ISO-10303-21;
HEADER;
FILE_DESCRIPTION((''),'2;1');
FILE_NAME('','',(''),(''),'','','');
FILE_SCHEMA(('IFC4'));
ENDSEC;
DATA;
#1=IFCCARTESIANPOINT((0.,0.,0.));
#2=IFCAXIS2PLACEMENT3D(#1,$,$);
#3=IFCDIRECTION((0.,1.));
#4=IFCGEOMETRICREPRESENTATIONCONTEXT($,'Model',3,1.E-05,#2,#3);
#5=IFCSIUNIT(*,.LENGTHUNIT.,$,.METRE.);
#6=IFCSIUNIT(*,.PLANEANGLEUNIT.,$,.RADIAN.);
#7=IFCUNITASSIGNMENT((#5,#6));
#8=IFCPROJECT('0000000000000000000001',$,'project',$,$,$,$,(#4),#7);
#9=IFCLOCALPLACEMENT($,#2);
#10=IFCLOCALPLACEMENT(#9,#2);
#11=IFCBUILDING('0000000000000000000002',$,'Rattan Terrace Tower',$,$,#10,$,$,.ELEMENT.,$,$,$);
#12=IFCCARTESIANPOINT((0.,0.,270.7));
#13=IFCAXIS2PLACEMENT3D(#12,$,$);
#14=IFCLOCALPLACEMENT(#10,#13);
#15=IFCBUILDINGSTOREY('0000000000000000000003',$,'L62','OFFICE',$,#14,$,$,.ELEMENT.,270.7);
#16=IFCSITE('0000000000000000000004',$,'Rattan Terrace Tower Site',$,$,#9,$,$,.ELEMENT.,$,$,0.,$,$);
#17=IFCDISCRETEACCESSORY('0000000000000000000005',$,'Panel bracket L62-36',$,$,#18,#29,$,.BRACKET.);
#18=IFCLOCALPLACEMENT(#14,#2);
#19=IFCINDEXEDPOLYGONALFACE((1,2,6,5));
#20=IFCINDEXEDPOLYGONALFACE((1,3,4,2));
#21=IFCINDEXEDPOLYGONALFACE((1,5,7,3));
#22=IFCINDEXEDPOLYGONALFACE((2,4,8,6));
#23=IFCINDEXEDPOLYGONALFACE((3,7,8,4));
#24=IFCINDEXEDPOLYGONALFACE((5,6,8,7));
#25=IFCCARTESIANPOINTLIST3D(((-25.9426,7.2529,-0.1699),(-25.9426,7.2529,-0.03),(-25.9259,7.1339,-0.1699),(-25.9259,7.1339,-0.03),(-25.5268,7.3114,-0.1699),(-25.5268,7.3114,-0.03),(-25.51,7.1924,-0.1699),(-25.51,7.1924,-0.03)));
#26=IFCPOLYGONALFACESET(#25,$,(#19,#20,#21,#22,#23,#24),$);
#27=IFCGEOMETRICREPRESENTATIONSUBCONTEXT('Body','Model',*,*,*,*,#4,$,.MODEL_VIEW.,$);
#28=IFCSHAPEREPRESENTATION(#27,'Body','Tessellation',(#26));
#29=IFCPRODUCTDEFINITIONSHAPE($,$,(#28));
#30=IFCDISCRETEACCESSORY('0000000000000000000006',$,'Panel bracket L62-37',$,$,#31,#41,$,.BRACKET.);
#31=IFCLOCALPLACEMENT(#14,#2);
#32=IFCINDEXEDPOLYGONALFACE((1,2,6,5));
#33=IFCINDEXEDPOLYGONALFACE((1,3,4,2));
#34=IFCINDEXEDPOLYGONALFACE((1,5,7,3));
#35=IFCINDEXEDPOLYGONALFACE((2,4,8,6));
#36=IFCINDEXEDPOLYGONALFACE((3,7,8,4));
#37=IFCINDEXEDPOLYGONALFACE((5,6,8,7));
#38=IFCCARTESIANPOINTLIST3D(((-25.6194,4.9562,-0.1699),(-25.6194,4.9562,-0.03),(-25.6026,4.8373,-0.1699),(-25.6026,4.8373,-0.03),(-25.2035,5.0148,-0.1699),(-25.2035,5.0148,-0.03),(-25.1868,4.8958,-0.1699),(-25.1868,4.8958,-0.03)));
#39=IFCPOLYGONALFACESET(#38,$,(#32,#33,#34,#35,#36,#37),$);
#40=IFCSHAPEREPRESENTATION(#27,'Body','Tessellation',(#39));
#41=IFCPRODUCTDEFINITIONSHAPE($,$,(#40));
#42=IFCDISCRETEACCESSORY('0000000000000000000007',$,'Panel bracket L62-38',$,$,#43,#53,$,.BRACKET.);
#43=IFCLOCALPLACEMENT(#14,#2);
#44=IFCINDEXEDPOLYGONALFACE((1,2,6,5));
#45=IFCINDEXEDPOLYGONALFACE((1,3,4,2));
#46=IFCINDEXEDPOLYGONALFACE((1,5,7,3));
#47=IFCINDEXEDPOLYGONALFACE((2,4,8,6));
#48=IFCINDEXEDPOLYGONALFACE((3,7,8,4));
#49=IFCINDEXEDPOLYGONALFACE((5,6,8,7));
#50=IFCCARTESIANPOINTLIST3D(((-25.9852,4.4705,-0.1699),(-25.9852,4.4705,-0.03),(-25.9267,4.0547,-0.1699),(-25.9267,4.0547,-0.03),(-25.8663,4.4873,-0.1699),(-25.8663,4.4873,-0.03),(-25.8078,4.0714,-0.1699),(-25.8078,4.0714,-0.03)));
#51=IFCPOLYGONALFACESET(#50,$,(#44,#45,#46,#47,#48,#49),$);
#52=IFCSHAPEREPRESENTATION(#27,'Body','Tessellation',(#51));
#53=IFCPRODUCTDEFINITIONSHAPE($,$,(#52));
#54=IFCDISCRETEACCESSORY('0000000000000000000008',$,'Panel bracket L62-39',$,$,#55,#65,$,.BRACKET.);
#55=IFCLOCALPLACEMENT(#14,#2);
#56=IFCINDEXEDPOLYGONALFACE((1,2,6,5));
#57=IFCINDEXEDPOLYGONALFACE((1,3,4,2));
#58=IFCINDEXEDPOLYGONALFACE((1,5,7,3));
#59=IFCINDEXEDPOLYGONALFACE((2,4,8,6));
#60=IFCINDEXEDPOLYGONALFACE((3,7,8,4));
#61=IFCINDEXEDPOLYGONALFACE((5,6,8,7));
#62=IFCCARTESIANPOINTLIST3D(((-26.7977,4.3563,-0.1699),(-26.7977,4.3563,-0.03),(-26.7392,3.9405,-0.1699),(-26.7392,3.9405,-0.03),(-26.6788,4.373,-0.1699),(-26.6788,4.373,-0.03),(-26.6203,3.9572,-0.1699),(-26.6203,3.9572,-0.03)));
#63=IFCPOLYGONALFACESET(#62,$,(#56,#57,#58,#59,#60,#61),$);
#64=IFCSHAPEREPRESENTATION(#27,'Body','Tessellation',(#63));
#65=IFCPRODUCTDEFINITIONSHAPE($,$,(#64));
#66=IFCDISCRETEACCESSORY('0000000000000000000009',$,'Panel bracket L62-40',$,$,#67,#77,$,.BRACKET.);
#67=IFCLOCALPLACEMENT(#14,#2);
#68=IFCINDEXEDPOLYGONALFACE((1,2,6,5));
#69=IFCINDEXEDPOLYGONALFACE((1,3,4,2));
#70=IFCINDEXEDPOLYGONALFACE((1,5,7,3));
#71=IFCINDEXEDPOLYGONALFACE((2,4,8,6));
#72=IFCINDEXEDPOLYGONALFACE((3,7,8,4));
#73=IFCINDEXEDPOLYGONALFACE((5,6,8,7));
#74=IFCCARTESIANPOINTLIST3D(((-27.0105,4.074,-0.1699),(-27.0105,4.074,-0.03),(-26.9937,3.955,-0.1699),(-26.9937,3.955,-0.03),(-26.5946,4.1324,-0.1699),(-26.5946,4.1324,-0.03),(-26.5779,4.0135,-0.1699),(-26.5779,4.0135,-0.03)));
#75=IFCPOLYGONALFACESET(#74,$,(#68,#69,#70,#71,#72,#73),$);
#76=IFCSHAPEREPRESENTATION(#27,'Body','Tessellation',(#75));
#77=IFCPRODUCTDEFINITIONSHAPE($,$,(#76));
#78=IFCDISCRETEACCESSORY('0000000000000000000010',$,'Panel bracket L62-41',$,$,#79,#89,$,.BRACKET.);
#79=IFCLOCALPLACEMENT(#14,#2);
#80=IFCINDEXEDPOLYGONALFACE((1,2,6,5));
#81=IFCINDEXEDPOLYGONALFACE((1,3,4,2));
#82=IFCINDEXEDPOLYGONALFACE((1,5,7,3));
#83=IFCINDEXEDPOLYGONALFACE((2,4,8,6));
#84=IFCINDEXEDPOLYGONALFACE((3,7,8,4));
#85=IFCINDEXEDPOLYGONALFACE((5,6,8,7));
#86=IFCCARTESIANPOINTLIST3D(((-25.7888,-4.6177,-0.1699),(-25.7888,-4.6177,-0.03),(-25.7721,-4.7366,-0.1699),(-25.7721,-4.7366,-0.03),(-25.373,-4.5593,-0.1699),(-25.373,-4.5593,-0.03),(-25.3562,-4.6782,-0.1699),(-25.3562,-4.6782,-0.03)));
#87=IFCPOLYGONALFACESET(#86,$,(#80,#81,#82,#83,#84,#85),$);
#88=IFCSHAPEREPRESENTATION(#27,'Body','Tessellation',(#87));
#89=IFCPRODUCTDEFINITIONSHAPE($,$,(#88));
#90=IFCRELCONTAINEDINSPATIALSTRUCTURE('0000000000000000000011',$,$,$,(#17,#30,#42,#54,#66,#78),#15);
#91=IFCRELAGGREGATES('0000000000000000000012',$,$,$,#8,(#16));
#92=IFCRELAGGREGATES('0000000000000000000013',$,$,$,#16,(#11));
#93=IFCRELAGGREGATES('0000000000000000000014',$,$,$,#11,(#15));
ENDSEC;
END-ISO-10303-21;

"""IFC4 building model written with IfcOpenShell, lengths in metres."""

from ifc_helpers import new_model, si_unit, direction, frame, origin, origin_2d, place, context, subcontext, project, spatial, rectangle, extrude, element, save


model = new_model("IFC4")

# Units and contexts
model_context = context("Model", 3, precision=1e-05, world=origin(), true_north=direction((0.0, 1.0)))
body_context = subcontext(model_context, "Body", "Model", "MODEL_VIEW")
ifc_project = project(units=[si_unit("LENGTHUNIT", "METRE"), si_unit("PLANEANGLEUNIT", "RADIAN")], contexts=[model_context])

# Site, building, storey
site_placement = place(None, origin())
site = spatial("IfcSite", under=ifc_project, at=site_placement, Name="Rattan Terrace Tower Site", CompositionType="ELEMENT", RefElevation=0.0)
building_placement = place(site_placement, origin())
building = spatial("IfcBuilding", under=site, at=building_placement, Name="Rattan Terrace Tower", CompositionType="ELEMENT")
storey_placement = place(building_placement, frame((0.0, 0.0, 270.7)))
storey = spatial("IfcBuildingStorey", under=building, at=storey_placement, Name="L62", Description="OFFICE", CompositionType="ELEMENT", Elevation=270.7)

# Discrete accessories
for number, where, z_axis, x_axis, name in (
    (1, (-25.7263, 7.2227, -0.1699), (0.0, 0.0, 1.0), (0.139367, -0.990241, 0.0), "Panel bracket L62-36"),
    (2, (-25.4031, 4.926, -0.1699), (0.0, 0.0, 1.0), (0.139367, -0.990241, 0.0), "Panel bracket L62-37"),
    (3, (-25.8965, 4.271, -0.1699), (0.0, 0.0, 1.0), (-0.990254, -0.139275, 0.0), "Panel bracket L62-38"),
    (4, (-26.709, 4.1567, -0.1699), (0.0, 0.0, 1.0), (-0.990254, -0.139275, 0.0), "Panel bracket L62-39"),
    (5, (-26.7942, 4.0437, -0.1699), (0.0, 0.0, 1.0), (0.139192, -0.990265, 0.0), "Panel bracket L62-40"),
    (6, (-25.5725, -4.6479, -0.1699), (0.0, 0.0, 1.0), (0.139192, -0.990265, 0.0), "Panel bracket L62-41"),
):
    element("IfcDiscreteAccessory", number, at=place(storey_placement, frame(where, z_axis=z_axis, x_axis=x_axis)), inside=storey, Name=name, PredefinedType="BRACKET", context=body_context, shape_type="SweptSolid", body=[
        extrude(rectangle(XDim=0.1201, YDim=0.4199, at=origin_2d()), origin(), (0.0, 0.0, 1.0), 0.1399),
    ])

save(model, "model.ifc")
